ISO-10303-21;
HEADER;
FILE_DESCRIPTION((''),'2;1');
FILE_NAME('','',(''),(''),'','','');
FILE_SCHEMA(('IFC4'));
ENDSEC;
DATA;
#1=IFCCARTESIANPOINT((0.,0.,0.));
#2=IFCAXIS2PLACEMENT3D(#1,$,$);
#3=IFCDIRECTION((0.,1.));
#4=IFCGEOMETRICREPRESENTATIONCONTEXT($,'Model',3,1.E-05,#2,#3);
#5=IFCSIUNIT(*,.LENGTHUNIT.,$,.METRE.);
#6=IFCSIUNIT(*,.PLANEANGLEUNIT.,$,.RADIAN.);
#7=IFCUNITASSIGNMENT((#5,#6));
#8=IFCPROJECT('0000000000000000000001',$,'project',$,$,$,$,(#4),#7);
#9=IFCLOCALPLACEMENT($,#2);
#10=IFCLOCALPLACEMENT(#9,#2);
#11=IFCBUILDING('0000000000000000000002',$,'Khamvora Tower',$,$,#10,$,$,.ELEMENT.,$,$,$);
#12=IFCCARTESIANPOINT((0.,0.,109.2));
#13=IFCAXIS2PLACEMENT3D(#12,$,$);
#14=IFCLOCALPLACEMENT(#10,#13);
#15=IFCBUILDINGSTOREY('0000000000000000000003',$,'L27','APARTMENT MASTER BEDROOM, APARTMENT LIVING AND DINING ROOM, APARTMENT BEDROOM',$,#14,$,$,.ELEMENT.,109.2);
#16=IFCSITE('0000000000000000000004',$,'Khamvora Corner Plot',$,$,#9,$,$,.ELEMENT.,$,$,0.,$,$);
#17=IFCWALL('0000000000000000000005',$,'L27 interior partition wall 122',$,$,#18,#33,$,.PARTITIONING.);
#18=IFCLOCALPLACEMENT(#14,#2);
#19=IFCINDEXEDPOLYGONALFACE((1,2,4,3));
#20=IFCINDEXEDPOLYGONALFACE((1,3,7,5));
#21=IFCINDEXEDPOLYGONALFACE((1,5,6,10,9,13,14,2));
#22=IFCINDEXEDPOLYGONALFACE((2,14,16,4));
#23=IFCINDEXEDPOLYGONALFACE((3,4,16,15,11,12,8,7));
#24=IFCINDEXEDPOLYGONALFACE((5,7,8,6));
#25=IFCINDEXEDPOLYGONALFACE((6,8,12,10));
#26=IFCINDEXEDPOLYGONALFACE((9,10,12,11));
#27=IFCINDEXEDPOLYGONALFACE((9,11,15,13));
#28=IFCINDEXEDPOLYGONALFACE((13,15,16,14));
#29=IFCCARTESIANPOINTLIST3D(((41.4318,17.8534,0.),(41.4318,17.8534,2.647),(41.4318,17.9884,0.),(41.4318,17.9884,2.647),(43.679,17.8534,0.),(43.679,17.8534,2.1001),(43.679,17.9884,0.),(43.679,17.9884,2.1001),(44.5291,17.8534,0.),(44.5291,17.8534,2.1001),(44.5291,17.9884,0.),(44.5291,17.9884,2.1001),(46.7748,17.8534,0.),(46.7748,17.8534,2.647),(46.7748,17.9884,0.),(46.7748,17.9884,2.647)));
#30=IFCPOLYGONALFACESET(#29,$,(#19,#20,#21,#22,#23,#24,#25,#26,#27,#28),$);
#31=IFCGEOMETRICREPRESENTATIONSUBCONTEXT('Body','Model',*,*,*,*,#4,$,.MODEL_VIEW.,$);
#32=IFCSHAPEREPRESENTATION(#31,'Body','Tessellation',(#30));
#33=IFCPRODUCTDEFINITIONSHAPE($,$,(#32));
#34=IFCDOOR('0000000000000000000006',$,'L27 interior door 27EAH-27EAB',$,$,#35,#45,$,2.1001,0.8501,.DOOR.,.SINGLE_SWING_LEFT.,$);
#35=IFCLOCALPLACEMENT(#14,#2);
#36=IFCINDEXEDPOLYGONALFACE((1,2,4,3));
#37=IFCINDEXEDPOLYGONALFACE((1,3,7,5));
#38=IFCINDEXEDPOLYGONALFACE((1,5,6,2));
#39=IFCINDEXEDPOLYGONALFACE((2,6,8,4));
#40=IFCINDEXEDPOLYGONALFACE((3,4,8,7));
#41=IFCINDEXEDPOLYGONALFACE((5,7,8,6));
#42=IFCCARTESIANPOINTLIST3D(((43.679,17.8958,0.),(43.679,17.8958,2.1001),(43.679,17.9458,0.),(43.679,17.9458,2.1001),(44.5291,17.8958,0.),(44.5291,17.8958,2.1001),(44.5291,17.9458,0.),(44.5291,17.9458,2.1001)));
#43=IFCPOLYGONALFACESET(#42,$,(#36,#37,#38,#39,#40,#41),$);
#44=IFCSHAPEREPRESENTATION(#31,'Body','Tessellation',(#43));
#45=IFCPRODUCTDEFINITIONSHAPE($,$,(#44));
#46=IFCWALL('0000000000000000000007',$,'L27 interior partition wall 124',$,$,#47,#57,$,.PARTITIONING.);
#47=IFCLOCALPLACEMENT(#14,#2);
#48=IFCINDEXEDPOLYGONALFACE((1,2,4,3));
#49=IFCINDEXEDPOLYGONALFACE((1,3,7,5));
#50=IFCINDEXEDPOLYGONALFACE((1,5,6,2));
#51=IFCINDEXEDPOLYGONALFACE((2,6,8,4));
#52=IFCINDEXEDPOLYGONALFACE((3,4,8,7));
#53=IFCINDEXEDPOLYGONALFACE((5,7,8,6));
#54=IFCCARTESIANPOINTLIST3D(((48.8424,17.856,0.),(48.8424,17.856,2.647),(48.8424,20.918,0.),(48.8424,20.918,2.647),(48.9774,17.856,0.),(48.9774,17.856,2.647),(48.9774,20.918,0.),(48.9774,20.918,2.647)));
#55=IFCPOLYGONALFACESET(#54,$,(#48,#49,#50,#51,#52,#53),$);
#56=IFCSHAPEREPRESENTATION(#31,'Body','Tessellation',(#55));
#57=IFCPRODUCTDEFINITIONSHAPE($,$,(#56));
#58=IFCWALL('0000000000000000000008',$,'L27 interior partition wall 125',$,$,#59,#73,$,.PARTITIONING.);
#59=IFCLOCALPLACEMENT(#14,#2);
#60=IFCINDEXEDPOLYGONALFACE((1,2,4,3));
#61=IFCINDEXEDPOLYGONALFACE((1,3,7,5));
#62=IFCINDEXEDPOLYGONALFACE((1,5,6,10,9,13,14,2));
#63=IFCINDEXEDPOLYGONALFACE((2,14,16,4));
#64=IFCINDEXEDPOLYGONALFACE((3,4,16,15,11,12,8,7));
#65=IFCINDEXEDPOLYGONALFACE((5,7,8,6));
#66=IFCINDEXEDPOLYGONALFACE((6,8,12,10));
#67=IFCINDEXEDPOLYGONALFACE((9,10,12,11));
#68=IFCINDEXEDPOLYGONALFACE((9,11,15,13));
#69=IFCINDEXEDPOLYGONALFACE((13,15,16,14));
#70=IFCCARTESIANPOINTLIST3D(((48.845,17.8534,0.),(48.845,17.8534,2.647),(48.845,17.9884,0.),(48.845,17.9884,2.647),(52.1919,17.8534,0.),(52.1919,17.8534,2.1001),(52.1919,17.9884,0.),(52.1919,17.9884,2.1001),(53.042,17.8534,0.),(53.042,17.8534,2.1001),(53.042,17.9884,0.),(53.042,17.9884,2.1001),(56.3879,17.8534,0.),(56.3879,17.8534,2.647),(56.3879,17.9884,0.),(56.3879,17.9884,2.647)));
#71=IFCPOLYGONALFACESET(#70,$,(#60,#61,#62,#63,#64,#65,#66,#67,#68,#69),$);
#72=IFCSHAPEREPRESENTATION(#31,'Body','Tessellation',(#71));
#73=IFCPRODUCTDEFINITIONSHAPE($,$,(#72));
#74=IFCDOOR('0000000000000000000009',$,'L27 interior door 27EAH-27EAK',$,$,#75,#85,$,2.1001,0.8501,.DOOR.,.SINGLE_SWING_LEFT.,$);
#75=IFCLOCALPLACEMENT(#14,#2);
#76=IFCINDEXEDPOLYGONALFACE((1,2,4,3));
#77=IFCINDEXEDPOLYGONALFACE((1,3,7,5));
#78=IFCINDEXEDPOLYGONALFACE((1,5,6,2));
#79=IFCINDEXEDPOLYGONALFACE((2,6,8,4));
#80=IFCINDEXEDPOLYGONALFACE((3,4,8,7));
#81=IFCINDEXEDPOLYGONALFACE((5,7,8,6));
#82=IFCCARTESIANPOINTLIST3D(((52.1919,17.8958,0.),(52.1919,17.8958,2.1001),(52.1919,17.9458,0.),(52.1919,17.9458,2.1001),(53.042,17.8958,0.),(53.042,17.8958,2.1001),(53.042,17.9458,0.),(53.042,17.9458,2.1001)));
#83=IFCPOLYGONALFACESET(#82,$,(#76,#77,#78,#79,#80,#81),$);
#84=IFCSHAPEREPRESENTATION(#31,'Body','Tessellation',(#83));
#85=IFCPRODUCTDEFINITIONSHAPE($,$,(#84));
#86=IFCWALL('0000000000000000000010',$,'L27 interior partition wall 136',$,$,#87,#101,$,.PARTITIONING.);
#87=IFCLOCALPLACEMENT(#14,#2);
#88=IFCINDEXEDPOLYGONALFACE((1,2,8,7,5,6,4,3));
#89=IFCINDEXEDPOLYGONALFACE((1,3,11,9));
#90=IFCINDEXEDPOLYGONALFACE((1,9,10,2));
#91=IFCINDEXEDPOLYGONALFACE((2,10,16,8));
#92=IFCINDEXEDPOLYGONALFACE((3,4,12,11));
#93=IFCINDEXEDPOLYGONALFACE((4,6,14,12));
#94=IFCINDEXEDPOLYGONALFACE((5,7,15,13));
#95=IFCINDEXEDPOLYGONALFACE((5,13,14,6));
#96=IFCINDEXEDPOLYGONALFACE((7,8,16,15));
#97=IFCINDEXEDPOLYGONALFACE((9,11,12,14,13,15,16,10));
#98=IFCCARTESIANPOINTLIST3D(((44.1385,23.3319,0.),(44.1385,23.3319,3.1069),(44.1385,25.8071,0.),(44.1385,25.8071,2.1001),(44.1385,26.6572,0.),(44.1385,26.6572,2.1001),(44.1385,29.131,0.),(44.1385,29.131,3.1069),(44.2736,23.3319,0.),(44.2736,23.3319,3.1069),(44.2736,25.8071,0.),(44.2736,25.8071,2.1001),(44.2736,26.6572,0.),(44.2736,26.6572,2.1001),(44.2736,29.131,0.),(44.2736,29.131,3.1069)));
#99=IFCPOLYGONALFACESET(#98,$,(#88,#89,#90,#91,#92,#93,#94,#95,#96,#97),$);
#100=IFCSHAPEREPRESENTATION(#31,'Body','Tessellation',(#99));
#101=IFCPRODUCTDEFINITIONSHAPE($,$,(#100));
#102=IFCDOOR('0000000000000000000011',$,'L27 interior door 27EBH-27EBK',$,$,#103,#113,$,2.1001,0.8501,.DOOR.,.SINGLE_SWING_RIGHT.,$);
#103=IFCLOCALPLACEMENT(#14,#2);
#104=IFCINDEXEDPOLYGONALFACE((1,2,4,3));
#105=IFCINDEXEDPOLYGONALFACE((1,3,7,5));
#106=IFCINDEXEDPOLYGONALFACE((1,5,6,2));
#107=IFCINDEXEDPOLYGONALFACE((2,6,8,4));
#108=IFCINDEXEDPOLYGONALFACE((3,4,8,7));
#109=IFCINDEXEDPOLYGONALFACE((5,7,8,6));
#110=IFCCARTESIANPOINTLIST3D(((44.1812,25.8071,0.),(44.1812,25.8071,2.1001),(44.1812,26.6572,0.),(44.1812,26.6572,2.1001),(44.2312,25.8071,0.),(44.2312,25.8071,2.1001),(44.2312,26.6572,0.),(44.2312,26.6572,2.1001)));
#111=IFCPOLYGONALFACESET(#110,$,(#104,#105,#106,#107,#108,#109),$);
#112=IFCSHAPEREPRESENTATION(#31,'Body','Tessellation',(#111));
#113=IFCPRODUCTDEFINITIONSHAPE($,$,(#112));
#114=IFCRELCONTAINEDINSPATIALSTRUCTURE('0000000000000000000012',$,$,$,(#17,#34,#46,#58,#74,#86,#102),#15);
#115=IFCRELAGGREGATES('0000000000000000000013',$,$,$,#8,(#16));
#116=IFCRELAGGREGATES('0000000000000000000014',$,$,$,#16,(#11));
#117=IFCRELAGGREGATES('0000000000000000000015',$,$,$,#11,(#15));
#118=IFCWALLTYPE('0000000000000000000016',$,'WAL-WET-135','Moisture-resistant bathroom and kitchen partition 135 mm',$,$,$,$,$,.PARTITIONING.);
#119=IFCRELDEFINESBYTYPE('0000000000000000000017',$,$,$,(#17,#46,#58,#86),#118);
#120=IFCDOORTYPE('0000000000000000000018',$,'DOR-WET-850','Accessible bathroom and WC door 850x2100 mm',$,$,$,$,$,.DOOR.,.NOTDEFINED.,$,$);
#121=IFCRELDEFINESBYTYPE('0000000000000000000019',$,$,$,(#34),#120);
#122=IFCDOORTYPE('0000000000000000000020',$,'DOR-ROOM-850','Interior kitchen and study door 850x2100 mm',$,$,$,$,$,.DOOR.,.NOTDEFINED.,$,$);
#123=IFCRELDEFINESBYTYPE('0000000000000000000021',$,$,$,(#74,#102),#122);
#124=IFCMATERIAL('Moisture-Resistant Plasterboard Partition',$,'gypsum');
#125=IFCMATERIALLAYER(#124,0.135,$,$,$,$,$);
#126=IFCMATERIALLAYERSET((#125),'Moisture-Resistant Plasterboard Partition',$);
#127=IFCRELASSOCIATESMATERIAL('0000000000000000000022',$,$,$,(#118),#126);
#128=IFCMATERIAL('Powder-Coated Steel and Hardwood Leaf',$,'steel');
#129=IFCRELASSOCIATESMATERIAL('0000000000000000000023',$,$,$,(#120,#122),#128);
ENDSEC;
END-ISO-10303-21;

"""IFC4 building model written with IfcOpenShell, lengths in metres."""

from ifc_helpers import new_model, si_unit, direction, frame, frame_2d, origin, place, context, subcontext, project, spatial, rectangle, extrude, material, layer, layer_set, type_object, element, fill, save


model = new_model("IFC4")

# Units and contexts
model_context = context("Model", 3, precision=1e-05, world=origin(), true_north=direction((0.0, 1.0)))
body_context = subcontext(model_context, "Body", "Model", "MODEL_VIEW")
ifc_project = project(units=[si_unit("LENGTHUNIT", "METRE"), si_unit("PLANEANGLEUNIT", "RADIAN")], contexts=[model_context])

# Site, building, storey
site_placement = place(None, origin())
site = spatial("IfcSite", under=ifc_project, at=site_placement, Name="Khamvora Corner Plot", CompositionType="ELEMENT", RefElevation=0.0)
building_placement = place(site_placement, origin())
building = spatial("IfcBuilding", under=site, at=building_placement, Name="Khamvora Tower", CompositionType="ELEMENT")
storey_placement = place(building_placement, frame((0.0, 0.0, 109.2)))
storey = spatial("IfcBuildingStorey", under=building, at=storey_placement, Name="L27", Description="APARTMENT MASTER BEDROOM, APARTMENT LIVING AND DINING ROOM, APARTMENT BEDROOM", CompositionType="ELEMENT", Elevation=109.2)

# Shared definitions
ifc_material_1 = material(Name="Powder-Coated Steel and Hardwood Leaf", Category="steel")

# Wall, opening, door
ifc_material_2 = material(Name="Moisture-Resistant Plasterboard Partition", Category="gypsum")
ifc_layer_1 = layer(ifc_material_2, 0.135)
ifc_layer_set_1 = layer_set([ifc_layer_1], Name="Moisture-Resistant Plasterboard Partition")
wall_type_1 = type_object("IfcWallType", Name="WAL-WET-135", Description="Moisture-resistant bathroom and kitchen partition 135 mm", PredefinedType="PARTITIONING", material=ifc_layer_set_1)
wall_1_placement = place(storey_placement, frame((41.4319, 17.9209, 0.0), z_axis=(0.0, 0.0, 1.0), x_axis=(1.0, 0.0, 0.0)))
wall_1 = element("IfcWall", 1, at=wall_1_placement, inside=storey, type_object=wall_type_1, Name="L27 interior partition wall 122", PredefinedType="PARTITIONING", context=body_context, shape_type="SweptSolid", body=[
    extrude(rectangle(XDim=5.343, YDim=0.135, at=frame_2d((2.6714, 0.0))), origin(), (0.0, 0.0, 1.0), 2.647),
])
opening_1_placement = place(wall_1_placement, frame((2.2471, 0.0, 0.0)))
opening_1 = element("IfcOpeningElement", 2, at=opening_1_placement, cuts=wall_1, PredefinedType="OPENING", context=body_context, shape_type="SweptSolid", body=[
    extrude(rectangle(XDim=0.8501, YDim=2.1001, at=frame_2d((0.425, 1.05))), frame((0.0, 0.0774, 0.0), z_axis=(0.0, -1.0, 0.0), x_axis=(1.0, 0.0, 0.0)), (0.0, 0.0, 1.0), 0.155),
])
door_type_1 = type_object("IfcDoorType", Name="DOR-WET-850", Description="Accessible bathroom and WC door 850x2100 mm", OperationType="NOTDEFINED", PredefinedType="DOOR", material=ifc_material_1)
door_1_placement = place(opening_1_placement, origin())
door_1 = element("IfcDoor", 3, at=door_1_placement, inside=storey, type_object=door_type_1, Name="L27 interior door 27EAH-27EAB", OperationType="SINGLE_SWING_LEFT", OverallHeight=2.1001, OverallWidth=0.8501, PredefinedType="DOOR", context=body_context, shape_type="SweptSolid", body=[
    extrude(rectangle(XDim=0.8501, YDim=2.1001, at=frame_2d((0.425, 1.05))), frame((0.0, 0.0249, 0.0), z_axis=(0.0, -1.0, 0.0), x_axis=(1.0, 0.0, 0.0)), (0.0, 0.0, 1.0), 0.05),
])
fill(opening_1, door_1)

# Wall
wall_2_placement = place(storey_placement, frame((48.9099, 20.918, 0.0), z_axis=(0.0, 0.0, 1.0), x_axis=(0.0, -1.0, 0.0)))
element("IfcWall", 4, at=wall_2_placement, inside=storey, type_object=wall_type_1, Name="L27 interior partition wall 124", PredefinedType="PARTITIONING", context=body_context, shape_type="SweptSolid", body=[
    extrude(rectangle(XDim=3.062, YDim=0.135, at=frame_2d((1.531, 0.0))), origin(), (0.0, 0.0, 1.0), 2.647),
])

# Walls, openings, doors
wall_3_placement = place(storey_placement, frame((48.845, 17.9209, 0.0), z_axis=(0.0, 0.0, 1.0), x_axis=(1.0, 0.0, 0.0)))
wall_3 = element("IfcWall", 5, at=wall_3_placement, inside=storey, type_object=wall_type_1, Name="L27 interior partition wall 125", PredefinedType="PARTITIONING", context=body_context, shape_type="SweptSolid", body=[
    extrude(rectangle(XDim=7.543, YDim=0.135, at=frame_2d((3.7715, 0.0))), origin(), (0.0, 0.0, 1.0), 2.647),
])
opening_2_placement = place(wall_3_placement, frame((3.3469, 0.0, 0.0)))
opening_2 = element("IfcOpeningElement", 6, at=opening_2_placement, cuts=wall_3, PredefinedType="OPENING", context=body_context, shape_type="SweptSolid", body=[
    extrude(rectangle(XDim=0.8501, YDim=2.1001, at=frame_2d((0.425, 1.05))), frame((0.0, 0.0774, 0.0), z_axis=(0.0, -1.0, 0.0), x_axis=(1.0, 0.0, 0.0)), (0.0, 0.0, 1.0), 0.155),
])
door_type_2 = type_object("IfcDoorType", Name="DOR-ROOM-850", Description="Interior kitchen and study door 850x2100 mm", OperationType="NOTDEFINED", PredefinedType="DOOR", material=ifc_material_1)
door_2_placement = place(opening_2_placement, origin())
door_2 = element("IfcDoor", 7, at=door_2_placement, inside=storey, type_object=door_type_2, Name="L27 interior door 27EAH-27EAK", OperationType="SINGLE_SWING_LEFT", OverallHeight=2.1001, OverallWidth=0.8501, PredefinedType="DOOR", context=body_context, shape_type="SweptSolid", body=[
    extrude(rectangle(XDim=0.8501, YDim=2.1001, at=frame_2d((0.425, 1.05))), frame((0.0, 0.0249, 0.0), z_axis=(0.0, -1.0, 0.0), x_axis=(1.0, 0.0, 0.0)), (0.0, 0.0, 1.0), 0.05),
])
fill(opening_2, door_2)
wall_4_placement = place(storey_placement, frame((44.2061, 23.332, 0.0), z_axis=(0.0, 0.0, 1.0), x_axis=(0.0, 1.0, 0.0)))
wall_4 = element("IfcWall", 8, at=wall_4_placement, inside=storey, type_object=wall_type_1, Name="L27 interior partition wall 136", PredefinedType="PARTITIONING", context=body_context, shape_type="SweptSolid", body=[
    extrude(rectangle(XDim=5.7991, YDim=0.135, at=frame_2d((2.8994, 0.0))), origin(), (0.0, 0.0, 1.0), 3.1069),
])
opening_3_placement = place(wall_4_placement, frame((2.4751, 0.0, 0.0)))
opening_3 = element("IfcOpeningElement", 9, at=opening_3_placement, cuts=wall_4, PredefinedType="OPENING", context=body_context, shape_type="SweptSolid", body=[
    extrude(rectangle(XDim=0.8501, YDim=2.1001, at=frame_2d((0.425, 1.05))), frame((0.0, 0.0774, 0.0), z_axis=(0.0, -1.0, 0.0), x_axis=(1.0, 0.0, 0.0)), (0.0, 0.0, 1.0), 0.155),
])
door_3_placement = place(opening_3_placement, origin())
door_3 = element("IfcDoor", 10, at=door_3_placement, inside=storey, type_object=door_type_2, Name="L27 interior door 27EBH-27EBK", OperationType="SINGLE_SWING_RIGHT", OverallHeight=2.1001, OverallWidth=0.8501, PredefinedType="DOOR", context=body_context, shape_type="SweptSolid", body=[
    extrude(rectangle(XDim=0.8501, YDim=2.1001, at=frame_2d((0.425, 1.05))), frame((0.0, 0.0249, 0.0), z_axis=(0.0, -1.0, 0.0), x_axis=(1.0, 0.0, 0.0)), (0.0, 0.0, 1.0), 0.05),
])
fill(opening_3, door_3)

save(model, "model.ifc")
